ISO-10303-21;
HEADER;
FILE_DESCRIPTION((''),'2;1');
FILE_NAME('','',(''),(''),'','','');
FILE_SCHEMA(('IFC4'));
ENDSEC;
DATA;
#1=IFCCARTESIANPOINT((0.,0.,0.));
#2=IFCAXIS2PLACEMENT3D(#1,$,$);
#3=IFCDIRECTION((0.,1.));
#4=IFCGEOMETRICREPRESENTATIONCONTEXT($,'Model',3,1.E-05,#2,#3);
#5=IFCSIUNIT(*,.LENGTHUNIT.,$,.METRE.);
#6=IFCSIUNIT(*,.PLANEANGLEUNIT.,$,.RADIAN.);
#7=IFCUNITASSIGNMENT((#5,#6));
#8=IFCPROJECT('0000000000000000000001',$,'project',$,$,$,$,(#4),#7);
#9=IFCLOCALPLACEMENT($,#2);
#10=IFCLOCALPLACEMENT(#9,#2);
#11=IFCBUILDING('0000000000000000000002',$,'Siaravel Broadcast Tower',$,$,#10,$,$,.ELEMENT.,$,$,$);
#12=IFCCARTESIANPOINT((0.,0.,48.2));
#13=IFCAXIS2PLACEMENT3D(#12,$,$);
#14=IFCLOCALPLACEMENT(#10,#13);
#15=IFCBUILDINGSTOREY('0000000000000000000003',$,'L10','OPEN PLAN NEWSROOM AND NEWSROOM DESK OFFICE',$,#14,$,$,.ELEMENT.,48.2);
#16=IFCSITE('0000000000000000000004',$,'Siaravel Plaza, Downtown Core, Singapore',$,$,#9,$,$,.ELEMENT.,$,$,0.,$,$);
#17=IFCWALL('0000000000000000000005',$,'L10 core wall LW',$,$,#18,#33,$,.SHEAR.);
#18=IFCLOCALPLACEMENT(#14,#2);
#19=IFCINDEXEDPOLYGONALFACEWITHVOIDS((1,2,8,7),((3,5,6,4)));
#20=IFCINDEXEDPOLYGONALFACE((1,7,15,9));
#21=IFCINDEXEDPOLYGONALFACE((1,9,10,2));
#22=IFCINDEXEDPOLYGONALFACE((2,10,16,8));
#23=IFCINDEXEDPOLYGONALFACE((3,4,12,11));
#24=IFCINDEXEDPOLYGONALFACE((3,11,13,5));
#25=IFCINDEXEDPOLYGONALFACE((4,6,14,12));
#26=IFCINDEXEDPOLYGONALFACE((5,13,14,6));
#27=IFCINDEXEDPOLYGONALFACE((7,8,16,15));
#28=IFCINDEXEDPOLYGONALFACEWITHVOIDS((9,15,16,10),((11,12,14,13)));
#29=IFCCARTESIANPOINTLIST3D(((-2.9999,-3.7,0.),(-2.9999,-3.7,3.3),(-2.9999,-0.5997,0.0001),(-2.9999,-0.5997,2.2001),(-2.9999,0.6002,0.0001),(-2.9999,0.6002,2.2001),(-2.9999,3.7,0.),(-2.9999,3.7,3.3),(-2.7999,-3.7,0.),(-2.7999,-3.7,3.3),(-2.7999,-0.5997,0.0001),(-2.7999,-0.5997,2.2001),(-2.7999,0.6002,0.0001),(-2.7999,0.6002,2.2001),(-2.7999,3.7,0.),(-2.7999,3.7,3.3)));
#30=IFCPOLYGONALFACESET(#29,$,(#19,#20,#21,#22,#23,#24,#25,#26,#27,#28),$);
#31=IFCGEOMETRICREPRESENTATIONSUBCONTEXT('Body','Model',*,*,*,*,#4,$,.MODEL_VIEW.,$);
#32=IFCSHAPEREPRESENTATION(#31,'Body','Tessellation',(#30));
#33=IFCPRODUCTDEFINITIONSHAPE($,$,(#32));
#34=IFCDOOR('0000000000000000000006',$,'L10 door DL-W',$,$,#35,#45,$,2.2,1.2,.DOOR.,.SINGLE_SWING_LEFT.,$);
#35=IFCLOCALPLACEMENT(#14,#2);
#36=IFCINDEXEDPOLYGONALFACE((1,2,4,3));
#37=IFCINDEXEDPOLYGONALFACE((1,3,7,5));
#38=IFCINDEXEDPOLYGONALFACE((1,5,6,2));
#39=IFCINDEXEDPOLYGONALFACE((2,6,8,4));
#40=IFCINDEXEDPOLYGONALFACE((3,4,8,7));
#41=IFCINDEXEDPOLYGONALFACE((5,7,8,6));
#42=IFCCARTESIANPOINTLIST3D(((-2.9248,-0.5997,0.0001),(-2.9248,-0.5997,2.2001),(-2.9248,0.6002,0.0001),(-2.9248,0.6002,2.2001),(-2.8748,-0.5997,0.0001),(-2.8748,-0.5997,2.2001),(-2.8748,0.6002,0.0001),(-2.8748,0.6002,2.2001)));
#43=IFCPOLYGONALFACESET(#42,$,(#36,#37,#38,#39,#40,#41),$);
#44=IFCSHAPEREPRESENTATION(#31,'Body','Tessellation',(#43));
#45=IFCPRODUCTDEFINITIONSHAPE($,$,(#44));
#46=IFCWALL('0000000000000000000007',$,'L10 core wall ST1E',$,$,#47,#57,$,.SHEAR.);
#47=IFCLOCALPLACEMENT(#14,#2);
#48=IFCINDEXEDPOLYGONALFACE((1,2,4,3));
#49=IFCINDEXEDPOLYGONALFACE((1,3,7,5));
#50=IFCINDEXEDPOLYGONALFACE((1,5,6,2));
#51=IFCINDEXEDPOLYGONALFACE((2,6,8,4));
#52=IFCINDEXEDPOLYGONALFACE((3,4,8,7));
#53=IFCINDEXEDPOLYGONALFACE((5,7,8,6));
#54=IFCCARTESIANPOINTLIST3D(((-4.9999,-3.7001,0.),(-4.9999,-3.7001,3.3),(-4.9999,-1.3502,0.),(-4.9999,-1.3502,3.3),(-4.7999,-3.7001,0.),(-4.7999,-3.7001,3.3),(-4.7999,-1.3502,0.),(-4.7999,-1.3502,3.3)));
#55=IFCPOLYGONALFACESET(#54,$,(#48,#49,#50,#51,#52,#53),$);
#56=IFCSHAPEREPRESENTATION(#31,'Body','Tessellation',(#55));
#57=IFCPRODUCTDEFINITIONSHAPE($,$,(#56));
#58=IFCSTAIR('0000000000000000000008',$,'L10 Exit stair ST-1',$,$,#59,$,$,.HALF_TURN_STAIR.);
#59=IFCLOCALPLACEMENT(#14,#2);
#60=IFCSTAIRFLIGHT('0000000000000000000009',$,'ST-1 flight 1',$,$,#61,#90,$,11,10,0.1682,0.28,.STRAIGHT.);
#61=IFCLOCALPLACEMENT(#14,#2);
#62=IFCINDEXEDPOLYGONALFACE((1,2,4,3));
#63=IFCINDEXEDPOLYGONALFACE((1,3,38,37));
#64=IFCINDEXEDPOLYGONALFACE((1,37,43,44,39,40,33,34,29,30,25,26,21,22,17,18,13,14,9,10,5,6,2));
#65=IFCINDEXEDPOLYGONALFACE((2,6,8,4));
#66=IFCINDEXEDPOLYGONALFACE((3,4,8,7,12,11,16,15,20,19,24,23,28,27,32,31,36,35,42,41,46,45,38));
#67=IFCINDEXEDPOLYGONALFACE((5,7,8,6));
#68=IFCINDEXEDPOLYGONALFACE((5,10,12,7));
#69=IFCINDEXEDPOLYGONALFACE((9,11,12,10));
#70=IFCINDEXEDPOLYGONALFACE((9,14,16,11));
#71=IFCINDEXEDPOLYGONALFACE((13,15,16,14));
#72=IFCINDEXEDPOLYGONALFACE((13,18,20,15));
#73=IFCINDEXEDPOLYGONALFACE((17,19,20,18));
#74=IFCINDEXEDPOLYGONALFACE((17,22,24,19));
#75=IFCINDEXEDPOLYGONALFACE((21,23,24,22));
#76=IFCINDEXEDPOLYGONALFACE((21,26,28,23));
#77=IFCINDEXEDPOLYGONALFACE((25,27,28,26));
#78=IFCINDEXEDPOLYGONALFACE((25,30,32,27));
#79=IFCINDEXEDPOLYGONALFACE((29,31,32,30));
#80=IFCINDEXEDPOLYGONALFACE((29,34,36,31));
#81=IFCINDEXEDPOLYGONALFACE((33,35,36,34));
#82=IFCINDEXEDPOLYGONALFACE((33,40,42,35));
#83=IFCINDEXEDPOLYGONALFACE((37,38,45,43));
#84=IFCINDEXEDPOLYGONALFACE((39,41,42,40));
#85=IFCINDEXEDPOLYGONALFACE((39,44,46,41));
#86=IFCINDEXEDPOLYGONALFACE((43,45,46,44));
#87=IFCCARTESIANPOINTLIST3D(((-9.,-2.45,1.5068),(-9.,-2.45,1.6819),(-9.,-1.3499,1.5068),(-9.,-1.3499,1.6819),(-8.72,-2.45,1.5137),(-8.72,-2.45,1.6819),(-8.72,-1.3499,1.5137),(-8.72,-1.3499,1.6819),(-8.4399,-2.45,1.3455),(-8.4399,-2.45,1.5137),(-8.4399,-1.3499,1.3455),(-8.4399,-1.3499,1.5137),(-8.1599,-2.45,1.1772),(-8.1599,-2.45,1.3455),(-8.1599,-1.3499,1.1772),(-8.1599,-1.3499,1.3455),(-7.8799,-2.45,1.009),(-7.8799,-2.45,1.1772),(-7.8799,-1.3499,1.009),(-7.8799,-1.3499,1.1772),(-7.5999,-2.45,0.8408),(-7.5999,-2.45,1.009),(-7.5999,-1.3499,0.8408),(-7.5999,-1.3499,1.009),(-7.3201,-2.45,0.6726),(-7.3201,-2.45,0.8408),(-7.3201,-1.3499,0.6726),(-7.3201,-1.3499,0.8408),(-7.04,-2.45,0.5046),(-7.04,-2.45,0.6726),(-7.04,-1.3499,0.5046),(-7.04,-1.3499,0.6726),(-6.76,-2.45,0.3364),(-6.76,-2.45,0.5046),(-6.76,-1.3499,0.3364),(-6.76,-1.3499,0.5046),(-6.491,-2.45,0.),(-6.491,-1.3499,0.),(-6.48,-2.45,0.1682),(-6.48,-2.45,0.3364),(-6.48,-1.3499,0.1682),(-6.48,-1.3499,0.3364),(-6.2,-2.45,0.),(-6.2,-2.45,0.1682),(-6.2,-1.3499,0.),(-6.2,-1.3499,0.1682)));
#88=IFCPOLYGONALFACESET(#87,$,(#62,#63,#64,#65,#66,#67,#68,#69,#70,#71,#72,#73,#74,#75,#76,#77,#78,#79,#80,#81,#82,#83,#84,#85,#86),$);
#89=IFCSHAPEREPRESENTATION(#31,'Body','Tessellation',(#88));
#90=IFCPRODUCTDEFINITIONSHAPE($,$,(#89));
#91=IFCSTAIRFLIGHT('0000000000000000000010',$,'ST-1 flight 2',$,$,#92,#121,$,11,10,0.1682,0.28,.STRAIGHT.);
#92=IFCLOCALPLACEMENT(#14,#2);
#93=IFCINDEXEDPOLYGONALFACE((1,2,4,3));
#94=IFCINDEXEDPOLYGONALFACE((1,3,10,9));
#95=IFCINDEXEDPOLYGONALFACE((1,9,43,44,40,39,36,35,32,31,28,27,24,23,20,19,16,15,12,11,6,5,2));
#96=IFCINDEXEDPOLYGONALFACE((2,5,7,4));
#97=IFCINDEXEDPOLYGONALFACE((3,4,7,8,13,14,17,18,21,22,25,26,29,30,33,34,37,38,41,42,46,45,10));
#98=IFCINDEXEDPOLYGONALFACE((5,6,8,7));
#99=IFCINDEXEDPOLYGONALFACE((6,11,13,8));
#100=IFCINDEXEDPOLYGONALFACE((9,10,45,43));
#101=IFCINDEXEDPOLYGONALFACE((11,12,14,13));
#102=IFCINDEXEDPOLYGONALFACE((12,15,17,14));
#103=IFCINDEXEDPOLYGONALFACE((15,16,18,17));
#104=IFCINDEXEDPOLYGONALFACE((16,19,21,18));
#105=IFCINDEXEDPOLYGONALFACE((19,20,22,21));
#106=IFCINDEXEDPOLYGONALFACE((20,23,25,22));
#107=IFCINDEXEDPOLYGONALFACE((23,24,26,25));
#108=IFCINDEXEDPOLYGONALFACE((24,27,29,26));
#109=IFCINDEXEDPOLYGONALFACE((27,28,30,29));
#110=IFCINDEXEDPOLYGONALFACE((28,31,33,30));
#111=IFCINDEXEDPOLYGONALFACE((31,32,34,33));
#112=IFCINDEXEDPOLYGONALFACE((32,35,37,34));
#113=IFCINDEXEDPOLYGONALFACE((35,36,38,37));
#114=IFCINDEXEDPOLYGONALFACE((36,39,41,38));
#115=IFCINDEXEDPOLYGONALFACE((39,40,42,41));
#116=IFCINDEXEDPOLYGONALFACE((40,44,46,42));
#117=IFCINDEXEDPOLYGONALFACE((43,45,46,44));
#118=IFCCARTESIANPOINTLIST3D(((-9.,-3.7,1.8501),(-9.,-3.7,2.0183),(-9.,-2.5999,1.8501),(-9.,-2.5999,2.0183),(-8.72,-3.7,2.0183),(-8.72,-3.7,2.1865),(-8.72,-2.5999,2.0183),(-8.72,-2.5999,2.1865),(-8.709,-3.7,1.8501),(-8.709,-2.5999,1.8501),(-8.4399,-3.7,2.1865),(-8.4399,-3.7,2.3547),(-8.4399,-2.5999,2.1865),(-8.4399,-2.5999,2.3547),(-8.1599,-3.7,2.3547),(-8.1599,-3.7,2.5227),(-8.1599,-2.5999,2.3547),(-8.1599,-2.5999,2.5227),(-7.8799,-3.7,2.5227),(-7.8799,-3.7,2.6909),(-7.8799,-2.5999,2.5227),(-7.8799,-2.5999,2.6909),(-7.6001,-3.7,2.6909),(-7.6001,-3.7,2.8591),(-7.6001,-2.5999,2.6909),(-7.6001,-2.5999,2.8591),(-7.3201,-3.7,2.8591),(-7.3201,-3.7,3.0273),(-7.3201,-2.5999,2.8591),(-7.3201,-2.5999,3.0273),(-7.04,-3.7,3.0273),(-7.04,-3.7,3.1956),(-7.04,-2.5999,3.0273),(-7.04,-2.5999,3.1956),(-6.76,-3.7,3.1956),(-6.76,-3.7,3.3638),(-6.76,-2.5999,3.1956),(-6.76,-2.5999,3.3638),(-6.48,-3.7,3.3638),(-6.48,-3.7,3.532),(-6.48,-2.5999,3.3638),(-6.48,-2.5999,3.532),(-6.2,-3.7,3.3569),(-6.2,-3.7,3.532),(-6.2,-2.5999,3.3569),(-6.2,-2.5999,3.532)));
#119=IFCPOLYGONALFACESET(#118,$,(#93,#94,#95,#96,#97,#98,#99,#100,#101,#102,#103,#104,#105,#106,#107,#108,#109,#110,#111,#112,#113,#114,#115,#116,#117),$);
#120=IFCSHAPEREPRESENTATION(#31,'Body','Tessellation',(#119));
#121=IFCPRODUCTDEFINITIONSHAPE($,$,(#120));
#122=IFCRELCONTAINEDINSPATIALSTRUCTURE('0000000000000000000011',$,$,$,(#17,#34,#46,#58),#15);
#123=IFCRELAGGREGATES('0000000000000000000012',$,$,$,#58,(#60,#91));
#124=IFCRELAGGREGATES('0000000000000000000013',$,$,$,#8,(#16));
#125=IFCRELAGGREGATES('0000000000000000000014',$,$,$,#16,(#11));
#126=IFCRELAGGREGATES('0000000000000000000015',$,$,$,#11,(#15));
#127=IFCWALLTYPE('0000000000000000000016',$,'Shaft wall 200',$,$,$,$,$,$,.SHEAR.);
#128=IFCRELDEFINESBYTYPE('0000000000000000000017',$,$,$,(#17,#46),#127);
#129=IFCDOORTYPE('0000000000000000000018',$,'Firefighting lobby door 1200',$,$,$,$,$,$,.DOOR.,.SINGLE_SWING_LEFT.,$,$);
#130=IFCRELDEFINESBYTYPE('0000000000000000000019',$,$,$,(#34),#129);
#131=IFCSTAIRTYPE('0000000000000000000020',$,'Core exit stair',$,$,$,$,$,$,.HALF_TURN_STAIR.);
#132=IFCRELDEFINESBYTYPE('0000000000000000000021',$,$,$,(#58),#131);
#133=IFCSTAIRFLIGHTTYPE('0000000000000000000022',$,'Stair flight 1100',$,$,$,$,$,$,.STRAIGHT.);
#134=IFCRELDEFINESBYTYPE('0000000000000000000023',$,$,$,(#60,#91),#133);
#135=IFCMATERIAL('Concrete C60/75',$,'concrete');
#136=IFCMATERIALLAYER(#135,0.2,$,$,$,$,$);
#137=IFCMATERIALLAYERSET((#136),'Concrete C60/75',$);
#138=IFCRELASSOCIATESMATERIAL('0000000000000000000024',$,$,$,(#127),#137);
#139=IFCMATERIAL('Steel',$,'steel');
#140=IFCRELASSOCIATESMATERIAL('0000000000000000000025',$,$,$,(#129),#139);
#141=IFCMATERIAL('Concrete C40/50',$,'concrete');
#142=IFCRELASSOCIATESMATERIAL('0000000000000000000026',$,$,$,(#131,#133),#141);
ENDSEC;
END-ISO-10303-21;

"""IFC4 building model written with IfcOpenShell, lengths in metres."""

from ifc_helpers import new_model, si_unit, direction, frame, frame_2d, origin, place, context, subcontext, project, spatial, polyline, rectangle, outline, extrude, material, layer, layer_set, type_object, element, fill, aggregate, save


model = new_model("IFC4")

# Units and contexts
model_context = context("Model", 3, precision=1e-05, world=origin(), true_north=direction((0.0, 1.0)))
body_context = subcontext(model_context, "Body", "Model", "MODEL_VIEW")
ifc_project = project(units=[si_unit("LENGTHUNIT", "METRE"), si_unit("PLANEANGLEUNIT", "RADIAN")], contexts=[model_context])

# Site, building, storey
site_placement = place(None, origin())
site = spatial("IfcSite", under=ifc_project, at=site_placement, Name="Siaravel Plaza, Downtown Core, Singapore", CompositionType="ELEMENT", RefElevation=0.0)
building_placement = place(site_placement, origin())
building = spatial("IfcBuilding", under=site, at=building_placement, Name="Siaravel Broadcast Tower", CompositionType="ELEMENT")
storey_placement = place(building_placement, frame((0.0, 0.0, 48.2)))
storey = spatial("IfcBuildingStorey", under=building, at=storey_placement, Name="L10", Description="OPEN PLAN NEWSROOM AND NEWSROOM DESK OFFICE", CompositionType="ELEMENT", Elevation=48.2)

# Shared definitions
ifc_material_1 = material(Name="Concrete C60/75", Category="concrete")
ifc_material_2 = material(Name="Steel", Category="steel")

# Shared definitions
ifc_layer_1 = layer(ifc_material_1, 0.2)
ifc_layer_set_1 = layer_set([ifc_layer_1], Name="Concrete C60/75")
wall_type_1 = type_object("IfcWallType", Name="Shaft wall 200", PredefinedType="SHEAR", material=ifc_layer_set_1)

# Wall, opening, door
wall_1_placement = place(storey_placement, frame((-2.8999, -3.7, 0.0), z_axis=(0.0, 0.0, 1.0), x_axis=(0.0, 1.0, 0.0)))
wall_1 = element("IfcWall", 1, at=wall_1_placement, inside=storey, type_object=wall_type_1, Name="L10 core wall LW", PredefinedType="SHEAR", context=body_context, shape_type="SweptSolid", body=[
    extrude(rectangle(XDim=7.3999, YDim=0.2, at=frame_2d((3.7, 0.0))), origin(), (0.0, 0.0, 1.0), 3.3),
])
opening_1_placement = place(wall_1_placement, frame((3.1001, 0.0, 0.0)))
opening_1 = element("IfcOpeningElement", 2, at=opening_1_placement, cuts=wall_1, PredefinedType="OPENING", context=body_context, shape_type="SweptSolid", body=[
    extrude(rectangle(XDim=1.2, YDim=2.2, at=frame_2d((0.6001, 1.1001))), frame((0.0, 0.1099, 0.0), z_axis=(0.0, -1.0, 0.0), x_axis=(1.0, 0.0, 0.0)), (0.0, 0.0, 1.0), 0.22),
])
door_type_1 = type_object("IfcDoorType", Name="Firefighting lobby door 1200", OperationType="SINGLE_SWING_LEFT", PredefinedType="DOOR", material=ifc_material_2)
door_1_placement = place(opening_1_placement, origin())
door_1 = element("IfcDoor", 3, at=door_1_placement, inside=storey, type_object=door_type_1, Name="L10 door DL-W", OperationType="SINGLE_SWING_LEFT", OverallHeight=2.2, OverallWidth=1.2, PredefinedType="DOOR", context=body_context, shape_type="SweptSolid", body=[
    extrude(rectangle(XDim=1.2, YDim=2.2, at=frame_2d((0.6001, 1.1001))), frame((0.0, 0.0249, 0.0), z_axis=(0.0, -1.0, 0.0), x_axis=(1.0, 0.0, 0.0)), (0.0, 0.0, 1.0), 0.05),
])
fill(opening_1, door_1)

# Wall
wall_2_placement = place(storey_placement, frame((-4.8999, -3.7, 0.0), z_axis=(0.0, 0.0, 1.0), x_axis=(0.0, 1.0, 0.0)))
element("IfcWall", 4, at=wall_2_placement, inside=storey, type_object=wall_type_1, Name="L10 core wall ST1E", PredefinedType="SHEAR", context=body_context, shape_type="SweptSolid", body=[
    extrude(rectangle(XDim=2.3499, YDim=0.2, at=frame_2d((1.1748, 0.0))), origin(), (0.0, 0.0, 1.0), 3.3),
])

# Stair, stair flights
ifc_material_3 = material(Name="Concrete C40/50", Category="concrete")
stair_type = type_object("IfcStairType", Name="Core exit stair", PredefinedType="HALF_TURN_STAIR", material=ifc_material_3)
stair_placement = place(storey_placement, origin())
stair = element("IfcStair", 5, at=stair_placement, inside=storey, type_object=stair_type, Name="L10 Exit stair ST-1", PredefinedType="HALF_TURN_STAIR")
stair_flight_type = type_object("IfcStairFlightType", Name="Stair flight 1100", PredefinedType="STRAIGHT", material=ifc_material_3)
stair_flight_1_placement = place(storey_placement, frame((-6.2, -1.8999, 0.0), z_axis=(0.0, 0.0, 1.0), x_axis=(-1.0, 0.0, 0.0)))
stair_flight_1 = element("IfcStairFlight", 6, at=stair_flight_1_placement, type_object=stair_flight_type, Name="ST-1 flight 1", NumberOfRisers=11, NumberOfTreads=10, PredefinedType="STRAIGHT", RiserHeight=0.1682, TreadLength=0.28, context=body_context, shape_type="SweptSolid", body=[
    extrude(outline(polyline([(0.0, 0.0), (0.0, 0.1682), (0.28, 0.1682), (0.28, 0.3364), (0.5601, 0.3364), (0.5601, 0.5046), (0.8401, 0.5046), (0.8401, 0.6726), (1.1201, 0.6726), (1.1201, 0.8408), (1.3999, 0.8408), (1.3999, 1.009), (1.6799, 1.009), (1.6799, 1.1772), (1.96, 1.1772), (1.96, 1.3455), (2.24, 1.3455), (2.24, 1.5137), (2.52, 1.5137), (2.52, 1.6819), (2.8, 1.6819), (2.8, 1.8501), (2.8, 1.5068), (0.291, 0.0), (0.0, 0.0)])), frame((0.0, 0.55, 0.0), z_axis=(0.0, -1.0, 0.0), x_axis=(1.0, 0.0, 0.0)), (0.0, 0.0, 1.0), 1.1001),
])
stair_flight_2_placement = place(storey_placement, frame((-9.0, -3.1499, 1.8501), z_axis=(0.0, 0.0, 1.0), x_axis=(1.0, 0.0, 0.0)))
stair_flight_2 = element("IfcStairFlight", 7, at=stair_flight_2_placement, type_object=stair_flight_type, Name="ST-1 flight 2", NumberOfRisers=11, NumberOfTreads=10, PredefinedType="STRAIGHT", RiserHeight=0.1682, TreadLength=0.28, context=body_context, shape_type="SweptSolid", body=[
    extrude(outline(polyline([(0.0, 0.0), (0.0, 0.1682), (0.28, 0.1682), (0.28, 0.3364), (0.5601, 0.3364), (0.5601, 0.5046), (0.8401, 0.5046), (0.8401, 0.6726), (1.1201, 0.6726), (1.1201, 0.8408), (1.3999, 0.8408), (1.3999, 1.009), (1.6799, 1.009), (1.6799, 1.1772), (1.96, 1.1772), (1.96, 1.3455), (2.24, 1.3455), (2.24, 1.5137), (2.52, 1.5137), (2.52, 1.6819), (2.8, 1.6819), (2.8, 1.8501), (2.8, 1.5068), (0.291, 0.0), (0.0, 0.0)])), frame((0.0, 0.55, 0.0), z_axis=(0.0, -1.0, 0.0), x_axis=(1.0, 0.0, 0.0)), (0.0, 0.0, 1.0), 1.1001),
])
aggregate(stair, [stair_flight_1, stair_flight_2])

save(model, "model.ifc")
